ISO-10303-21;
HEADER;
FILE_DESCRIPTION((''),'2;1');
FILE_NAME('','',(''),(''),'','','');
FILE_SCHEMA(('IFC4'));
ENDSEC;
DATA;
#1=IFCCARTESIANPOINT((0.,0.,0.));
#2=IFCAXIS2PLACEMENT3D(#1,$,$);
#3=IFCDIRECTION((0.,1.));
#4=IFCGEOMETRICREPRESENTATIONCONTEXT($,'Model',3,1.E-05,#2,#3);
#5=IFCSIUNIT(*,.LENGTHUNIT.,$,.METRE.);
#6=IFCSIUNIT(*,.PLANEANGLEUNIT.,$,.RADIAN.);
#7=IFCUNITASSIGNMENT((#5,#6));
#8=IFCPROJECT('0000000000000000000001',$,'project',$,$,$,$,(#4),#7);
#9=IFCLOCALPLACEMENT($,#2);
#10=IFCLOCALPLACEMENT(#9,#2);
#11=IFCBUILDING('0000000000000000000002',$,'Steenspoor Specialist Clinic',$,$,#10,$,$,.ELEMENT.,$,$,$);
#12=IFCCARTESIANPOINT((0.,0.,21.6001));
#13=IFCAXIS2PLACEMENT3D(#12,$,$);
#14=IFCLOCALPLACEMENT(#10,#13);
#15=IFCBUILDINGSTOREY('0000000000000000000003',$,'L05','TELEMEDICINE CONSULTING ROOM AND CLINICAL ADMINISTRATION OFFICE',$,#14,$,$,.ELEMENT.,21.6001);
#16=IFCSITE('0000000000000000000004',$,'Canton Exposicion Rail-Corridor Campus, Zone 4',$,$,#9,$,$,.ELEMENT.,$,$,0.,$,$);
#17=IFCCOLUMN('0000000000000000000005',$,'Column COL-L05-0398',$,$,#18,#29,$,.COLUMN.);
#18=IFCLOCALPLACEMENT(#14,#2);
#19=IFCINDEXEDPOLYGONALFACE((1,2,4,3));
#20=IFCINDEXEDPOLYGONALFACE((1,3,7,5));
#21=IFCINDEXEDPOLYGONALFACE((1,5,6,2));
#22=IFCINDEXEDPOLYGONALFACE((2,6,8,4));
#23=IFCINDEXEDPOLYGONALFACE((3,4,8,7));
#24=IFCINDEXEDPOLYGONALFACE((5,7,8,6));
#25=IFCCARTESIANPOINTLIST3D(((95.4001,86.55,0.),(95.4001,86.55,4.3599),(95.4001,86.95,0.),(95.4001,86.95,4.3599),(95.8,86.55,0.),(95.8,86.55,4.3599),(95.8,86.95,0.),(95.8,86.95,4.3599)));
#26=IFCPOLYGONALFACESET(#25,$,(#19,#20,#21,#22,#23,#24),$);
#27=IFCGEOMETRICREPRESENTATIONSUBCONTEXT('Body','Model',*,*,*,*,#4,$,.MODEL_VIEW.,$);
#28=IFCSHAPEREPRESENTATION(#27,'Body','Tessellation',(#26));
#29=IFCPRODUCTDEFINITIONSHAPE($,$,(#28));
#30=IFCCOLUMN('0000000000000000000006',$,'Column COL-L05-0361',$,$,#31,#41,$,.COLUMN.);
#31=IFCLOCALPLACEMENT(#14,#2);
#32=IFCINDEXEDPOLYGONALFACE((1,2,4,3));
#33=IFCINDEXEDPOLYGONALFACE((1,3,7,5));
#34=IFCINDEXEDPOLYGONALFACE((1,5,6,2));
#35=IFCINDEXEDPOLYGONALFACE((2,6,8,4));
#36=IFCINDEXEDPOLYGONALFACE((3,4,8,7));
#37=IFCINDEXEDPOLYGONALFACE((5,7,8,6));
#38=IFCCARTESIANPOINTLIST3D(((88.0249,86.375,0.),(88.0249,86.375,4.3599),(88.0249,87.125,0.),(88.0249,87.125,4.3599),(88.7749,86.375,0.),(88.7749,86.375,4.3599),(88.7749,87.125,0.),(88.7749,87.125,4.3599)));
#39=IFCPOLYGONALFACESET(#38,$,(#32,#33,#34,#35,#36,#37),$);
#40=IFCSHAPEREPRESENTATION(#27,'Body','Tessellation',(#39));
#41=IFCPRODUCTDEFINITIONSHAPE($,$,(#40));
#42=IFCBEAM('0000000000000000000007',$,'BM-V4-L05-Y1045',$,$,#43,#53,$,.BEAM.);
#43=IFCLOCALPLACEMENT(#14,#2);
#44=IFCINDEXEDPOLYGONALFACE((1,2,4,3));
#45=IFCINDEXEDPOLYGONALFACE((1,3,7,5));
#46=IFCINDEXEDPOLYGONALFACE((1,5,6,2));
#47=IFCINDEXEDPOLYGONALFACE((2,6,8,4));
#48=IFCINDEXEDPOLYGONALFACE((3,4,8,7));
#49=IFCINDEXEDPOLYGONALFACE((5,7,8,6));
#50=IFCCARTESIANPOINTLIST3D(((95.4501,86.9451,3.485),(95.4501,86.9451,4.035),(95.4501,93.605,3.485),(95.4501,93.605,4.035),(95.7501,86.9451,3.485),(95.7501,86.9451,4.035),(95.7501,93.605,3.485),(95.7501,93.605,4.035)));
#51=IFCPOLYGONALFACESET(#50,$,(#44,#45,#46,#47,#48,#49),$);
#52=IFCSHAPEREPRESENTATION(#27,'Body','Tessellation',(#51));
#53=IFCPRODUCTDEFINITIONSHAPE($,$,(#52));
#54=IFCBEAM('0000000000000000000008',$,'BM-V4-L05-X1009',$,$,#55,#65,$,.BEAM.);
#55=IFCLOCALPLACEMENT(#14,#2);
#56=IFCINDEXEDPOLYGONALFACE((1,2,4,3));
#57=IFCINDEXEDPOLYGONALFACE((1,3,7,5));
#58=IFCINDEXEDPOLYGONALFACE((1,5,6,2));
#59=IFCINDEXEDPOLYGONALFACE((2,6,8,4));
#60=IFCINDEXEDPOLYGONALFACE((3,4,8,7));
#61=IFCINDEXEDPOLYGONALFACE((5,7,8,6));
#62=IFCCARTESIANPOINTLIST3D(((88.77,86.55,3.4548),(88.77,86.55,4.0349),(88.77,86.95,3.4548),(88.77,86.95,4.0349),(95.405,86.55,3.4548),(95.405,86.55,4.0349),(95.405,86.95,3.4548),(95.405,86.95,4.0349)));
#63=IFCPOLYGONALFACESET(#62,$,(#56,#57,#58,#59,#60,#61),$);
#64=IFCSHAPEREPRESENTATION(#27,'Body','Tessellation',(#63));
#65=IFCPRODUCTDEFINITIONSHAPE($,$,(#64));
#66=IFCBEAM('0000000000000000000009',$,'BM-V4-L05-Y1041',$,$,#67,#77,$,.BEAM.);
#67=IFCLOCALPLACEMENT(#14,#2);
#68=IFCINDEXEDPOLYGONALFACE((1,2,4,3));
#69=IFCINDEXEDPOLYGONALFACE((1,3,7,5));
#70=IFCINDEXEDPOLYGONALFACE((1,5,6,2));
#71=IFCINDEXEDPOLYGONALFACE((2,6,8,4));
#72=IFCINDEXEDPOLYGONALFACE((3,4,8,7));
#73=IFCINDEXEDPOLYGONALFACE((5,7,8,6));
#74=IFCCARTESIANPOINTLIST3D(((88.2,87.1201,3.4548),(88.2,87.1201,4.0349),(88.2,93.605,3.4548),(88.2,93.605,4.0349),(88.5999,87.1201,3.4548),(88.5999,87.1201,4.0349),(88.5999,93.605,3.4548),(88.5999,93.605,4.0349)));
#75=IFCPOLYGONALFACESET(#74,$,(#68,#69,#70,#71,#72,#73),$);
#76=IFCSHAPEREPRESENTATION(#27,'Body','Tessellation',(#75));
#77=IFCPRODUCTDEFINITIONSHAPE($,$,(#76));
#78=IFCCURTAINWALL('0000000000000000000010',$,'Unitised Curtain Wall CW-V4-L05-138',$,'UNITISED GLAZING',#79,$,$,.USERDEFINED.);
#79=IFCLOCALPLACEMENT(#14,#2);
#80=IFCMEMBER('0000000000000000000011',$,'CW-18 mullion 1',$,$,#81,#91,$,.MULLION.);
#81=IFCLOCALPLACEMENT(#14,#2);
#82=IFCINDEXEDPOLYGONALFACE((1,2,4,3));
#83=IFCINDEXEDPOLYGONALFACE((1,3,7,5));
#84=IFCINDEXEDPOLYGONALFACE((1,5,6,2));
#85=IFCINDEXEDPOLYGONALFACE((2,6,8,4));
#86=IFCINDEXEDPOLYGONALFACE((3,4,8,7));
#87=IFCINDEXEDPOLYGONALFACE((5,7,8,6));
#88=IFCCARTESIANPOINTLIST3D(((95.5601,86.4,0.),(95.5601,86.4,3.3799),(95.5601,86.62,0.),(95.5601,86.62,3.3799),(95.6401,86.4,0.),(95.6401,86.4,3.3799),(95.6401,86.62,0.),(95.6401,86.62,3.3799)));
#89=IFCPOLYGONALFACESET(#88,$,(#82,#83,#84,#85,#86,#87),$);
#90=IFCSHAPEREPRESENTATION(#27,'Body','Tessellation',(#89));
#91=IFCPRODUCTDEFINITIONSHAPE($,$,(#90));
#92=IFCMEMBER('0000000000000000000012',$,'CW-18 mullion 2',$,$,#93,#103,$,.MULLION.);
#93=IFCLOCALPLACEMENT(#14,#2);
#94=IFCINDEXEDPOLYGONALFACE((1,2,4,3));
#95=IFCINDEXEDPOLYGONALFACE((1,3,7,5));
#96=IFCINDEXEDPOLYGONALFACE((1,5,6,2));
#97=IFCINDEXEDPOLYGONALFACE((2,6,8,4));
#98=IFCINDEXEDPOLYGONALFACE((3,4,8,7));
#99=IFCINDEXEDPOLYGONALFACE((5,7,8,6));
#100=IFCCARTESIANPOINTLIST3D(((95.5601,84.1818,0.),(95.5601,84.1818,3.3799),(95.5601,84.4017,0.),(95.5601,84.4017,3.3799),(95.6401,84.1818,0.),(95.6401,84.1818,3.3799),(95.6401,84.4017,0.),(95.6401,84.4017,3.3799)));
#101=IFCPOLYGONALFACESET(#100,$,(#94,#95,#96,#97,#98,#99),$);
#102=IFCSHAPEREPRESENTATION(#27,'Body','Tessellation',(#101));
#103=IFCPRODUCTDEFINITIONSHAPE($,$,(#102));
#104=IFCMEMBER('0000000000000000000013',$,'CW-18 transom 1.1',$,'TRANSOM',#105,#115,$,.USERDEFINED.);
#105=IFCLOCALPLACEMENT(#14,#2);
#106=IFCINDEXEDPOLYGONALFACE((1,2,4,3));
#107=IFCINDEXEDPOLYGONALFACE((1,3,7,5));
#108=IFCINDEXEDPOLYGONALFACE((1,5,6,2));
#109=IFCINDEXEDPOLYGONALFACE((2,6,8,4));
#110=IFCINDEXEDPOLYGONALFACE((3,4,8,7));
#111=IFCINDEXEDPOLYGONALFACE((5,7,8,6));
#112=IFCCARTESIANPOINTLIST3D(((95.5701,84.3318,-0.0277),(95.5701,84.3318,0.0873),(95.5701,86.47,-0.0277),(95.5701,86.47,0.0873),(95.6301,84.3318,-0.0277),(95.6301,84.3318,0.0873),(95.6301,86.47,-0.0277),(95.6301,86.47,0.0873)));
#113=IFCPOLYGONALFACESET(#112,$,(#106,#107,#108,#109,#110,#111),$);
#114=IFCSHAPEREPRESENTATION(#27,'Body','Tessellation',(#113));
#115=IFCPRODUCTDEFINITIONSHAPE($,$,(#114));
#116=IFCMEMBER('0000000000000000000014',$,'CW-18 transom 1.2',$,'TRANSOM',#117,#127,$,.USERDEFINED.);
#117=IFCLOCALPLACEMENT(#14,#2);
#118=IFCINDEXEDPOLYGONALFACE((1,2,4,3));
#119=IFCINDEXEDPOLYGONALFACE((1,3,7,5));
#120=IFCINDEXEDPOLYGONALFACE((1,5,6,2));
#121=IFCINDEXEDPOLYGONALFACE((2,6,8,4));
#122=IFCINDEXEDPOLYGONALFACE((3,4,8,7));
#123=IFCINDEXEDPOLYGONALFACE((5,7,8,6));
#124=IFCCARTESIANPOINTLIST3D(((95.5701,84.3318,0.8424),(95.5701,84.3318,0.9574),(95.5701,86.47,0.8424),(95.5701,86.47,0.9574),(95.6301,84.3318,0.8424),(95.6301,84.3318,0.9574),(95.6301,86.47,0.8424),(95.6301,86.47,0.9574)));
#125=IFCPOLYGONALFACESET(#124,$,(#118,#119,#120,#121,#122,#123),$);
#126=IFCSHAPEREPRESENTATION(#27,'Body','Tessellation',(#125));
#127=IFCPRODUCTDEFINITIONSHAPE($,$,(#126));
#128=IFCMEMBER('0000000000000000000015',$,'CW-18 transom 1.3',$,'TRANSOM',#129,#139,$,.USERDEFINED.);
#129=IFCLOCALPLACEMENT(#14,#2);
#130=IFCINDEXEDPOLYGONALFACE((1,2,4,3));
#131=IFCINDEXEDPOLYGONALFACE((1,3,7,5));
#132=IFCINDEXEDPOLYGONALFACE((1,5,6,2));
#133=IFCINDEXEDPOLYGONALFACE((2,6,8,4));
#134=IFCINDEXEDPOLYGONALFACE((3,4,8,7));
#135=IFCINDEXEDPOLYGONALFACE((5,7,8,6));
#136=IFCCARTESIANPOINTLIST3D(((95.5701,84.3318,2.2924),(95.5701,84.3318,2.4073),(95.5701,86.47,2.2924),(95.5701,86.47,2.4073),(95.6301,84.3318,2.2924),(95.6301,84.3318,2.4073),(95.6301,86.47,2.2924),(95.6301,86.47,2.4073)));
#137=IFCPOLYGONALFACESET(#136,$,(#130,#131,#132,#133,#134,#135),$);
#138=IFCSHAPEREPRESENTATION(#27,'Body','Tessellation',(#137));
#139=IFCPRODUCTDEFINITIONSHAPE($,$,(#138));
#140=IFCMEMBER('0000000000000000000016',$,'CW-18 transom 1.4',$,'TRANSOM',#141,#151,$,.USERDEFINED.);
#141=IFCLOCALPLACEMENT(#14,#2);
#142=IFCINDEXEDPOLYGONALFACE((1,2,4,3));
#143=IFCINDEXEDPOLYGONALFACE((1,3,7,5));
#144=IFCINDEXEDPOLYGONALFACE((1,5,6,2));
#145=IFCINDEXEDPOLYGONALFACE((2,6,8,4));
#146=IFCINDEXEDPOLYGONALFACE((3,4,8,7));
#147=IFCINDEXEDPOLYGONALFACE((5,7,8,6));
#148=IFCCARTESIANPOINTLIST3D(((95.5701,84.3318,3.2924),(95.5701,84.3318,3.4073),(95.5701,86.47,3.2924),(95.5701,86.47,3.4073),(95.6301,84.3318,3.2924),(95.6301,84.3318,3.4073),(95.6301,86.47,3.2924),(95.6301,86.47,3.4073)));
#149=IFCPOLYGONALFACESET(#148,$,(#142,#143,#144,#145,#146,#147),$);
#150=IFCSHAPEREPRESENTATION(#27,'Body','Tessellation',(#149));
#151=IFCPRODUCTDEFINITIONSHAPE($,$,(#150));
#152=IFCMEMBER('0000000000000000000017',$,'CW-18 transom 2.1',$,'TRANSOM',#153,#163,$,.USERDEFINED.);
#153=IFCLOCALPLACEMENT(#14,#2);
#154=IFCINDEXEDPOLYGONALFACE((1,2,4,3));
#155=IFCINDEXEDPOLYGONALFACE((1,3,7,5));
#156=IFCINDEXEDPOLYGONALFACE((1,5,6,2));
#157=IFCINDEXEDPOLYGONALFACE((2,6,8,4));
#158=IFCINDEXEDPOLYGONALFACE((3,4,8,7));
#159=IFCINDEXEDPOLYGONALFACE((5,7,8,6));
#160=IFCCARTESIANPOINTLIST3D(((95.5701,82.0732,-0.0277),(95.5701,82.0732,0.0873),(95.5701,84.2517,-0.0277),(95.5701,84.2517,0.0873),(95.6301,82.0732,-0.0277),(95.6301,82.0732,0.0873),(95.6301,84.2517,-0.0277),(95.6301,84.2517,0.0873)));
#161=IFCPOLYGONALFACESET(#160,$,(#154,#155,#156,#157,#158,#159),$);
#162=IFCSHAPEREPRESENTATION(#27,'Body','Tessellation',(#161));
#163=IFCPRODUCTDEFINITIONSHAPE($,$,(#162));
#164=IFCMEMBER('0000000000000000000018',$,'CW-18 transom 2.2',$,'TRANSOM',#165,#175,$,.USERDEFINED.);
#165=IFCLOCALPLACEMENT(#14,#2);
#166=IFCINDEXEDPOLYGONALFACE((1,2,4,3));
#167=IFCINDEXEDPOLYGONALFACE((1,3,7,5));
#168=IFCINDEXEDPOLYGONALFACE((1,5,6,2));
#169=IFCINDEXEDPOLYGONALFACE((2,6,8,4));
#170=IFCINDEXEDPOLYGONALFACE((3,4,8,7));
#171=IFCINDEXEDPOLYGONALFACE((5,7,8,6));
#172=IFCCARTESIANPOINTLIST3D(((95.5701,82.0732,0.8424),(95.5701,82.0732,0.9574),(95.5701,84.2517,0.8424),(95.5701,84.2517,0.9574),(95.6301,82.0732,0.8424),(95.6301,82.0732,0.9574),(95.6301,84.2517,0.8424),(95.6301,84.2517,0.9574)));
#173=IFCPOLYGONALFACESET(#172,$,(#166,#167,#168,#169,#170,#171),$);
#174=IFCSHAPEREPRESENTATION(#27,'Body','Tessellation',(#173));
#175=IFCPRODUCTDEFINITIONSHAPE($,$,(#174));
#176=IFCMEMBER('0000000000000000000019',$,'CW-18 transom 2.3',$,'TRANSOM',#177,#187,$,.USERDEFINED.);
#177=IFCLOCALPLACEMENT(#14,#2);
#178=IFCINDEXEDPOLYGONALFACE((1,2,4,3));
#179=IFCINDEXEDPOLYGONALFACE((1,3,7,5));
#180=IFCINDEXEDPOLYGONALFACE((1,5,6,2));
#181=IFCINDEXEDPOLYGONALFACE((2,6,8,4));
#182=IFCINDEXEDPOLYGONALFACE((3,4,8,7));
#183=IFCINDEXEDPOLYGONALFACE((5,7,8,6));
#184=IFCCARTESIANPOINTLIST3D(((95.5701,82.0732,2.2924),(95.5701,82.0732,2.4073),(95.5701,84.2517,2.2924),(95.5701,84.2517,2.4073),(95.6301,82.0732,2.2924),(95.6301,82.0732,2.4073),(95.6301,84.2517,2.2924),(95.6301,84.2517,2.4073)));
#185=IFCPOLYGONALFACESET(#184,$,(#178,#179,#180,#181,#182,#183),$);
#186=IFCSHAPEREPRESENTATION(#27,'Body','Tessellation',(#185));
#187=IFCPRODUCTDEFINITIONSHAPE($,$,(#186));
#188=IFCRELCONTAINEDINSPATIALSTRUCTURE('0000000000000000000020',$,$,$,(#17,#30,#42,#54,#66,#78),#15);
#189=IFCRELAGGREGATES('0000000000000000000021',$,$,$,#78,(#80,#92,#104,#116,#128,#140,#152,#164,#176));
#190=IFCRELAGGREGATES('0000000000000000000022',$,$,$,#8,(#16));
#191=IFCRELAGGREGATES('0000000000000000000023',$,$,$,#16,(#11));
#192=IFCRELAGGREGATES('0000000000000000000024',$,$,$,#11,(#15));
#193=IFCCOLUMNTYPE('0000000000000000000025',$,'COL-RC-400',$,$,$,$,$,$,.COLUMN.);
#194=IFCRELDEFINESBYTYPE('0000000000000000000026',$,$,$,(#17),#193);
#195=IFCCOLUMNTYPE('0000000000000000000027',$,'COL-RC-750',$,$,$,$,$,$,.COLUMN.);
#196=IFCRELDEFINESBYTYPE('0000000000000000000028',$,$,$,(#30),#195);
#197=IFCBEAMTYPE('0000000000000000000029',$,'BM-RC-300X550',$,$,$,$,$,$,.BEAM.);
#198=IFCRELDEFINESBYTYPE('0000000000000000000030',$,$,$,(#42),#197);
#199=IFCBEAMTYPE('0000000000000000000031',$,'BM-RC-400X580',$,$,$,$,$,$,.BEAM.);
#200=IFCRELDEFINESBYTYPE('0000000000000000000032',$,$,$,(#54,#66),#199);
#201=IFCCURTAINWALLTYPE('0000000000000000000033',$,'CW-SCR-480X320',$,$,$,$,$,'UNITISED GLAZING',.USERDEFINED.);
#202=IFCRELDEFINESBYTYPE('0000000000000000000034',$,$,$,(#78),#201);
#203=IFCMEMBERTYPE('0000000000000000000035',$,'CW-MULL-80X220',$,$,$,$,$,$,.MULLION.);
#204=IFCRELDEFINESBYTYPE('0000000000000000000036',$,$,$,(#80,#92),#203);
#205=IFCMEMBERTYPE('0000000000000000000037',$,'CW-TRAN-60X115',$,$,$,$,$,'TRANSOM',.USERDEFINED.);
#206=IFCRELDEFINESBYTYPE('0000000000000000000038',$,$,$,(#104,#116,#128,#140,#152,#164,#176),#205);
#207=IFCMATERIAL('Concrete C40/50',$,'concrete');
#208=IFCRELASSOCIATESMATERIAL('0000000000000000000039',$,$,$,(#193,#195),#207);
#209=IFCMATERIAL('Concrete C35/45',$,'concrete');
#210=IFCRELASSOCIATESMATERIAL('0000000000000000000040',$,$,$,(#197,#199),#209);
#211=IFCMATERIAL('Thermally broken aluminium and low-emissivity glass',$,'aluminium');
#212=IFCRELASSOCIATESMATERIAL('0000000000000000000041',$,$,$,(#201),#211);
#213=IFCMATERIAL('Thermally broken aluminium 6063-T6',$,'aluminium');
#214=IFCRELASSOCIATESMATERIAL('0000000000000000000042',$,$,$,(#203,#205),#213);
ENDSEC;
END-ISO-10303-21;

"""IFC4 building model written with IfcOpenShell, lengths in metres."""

from ifc_helpers import new_model, si_unit, direction, frame, origin, origin_2d, place, context, subcontext, project, spatial, rectangle, extrude, material, material_profile, profile_set, type_object, element, aggregate, save


model = new_model("IFC4")

# Units and contexts
model_context = context("Model", 3, precision=1e-05, world=origin(), true_north=direction((0.0, 1.0)))
body_context = subcontext(model_context, "Body", "Model", "MODEL_VIEW")
ifc_project = project(units=[si_unit("LENGTHUNIT", "METRE"), si_unit("PLANEANGLEUNIT", "RADIAN")], contexts=[model_context])

# Site, building, storey
site_placement = place(None, origin())
site = spatial("IfcSite", under=ifc_project, at=site_placement, Name="Canton Exposicion Rail-Corridor Campus, Zone 4", CompositionType="ELEMENT", RefElevation=0.0)
building_placement = place(site_placement, origin())
building = spatial("IfcBuilding", under=site, at=building_placement, Name="Steenspoor Specialist Clinic", CompositionType="ELEMENT")
storey_placement = place(building_placement, frame((0.0, 0.0, 21.6001)))
storey = spatial("IfcBuildingStorey", under=building, at=storey_placement, Name="L05", Description="TELEMEDICINE CONSULTING ROOM AND CLINICAL ADMINISTRATION OFFICE", CompositionType="ELEMENT", Elevation=21.6001)

# Columns
ifc_material_1 = material(Name="Concrete C40/50", Category="concrete")
ifc_material_profile_1 = material_profile(ifc_material_1, rectangle(XDim=0.3999, YDim=0.3999, at=origin_2d()), Name="RC-COL-400X400")
ifc_profile_set_1 = profile_set([ifc_material_profile_1], Name="Concrete C40/50")
column_type_1 = type_object("IfcColumnType", Name="COL-RC-400", PredefinedType="COLUMN", material=ifc_profile_set_1)
column_1_placement = place(storey_placement, frame((95.6001, 86.75, 0.0), z_axis=(0.0, 0.0, 1.0), x_axis=(1.0, 0.0, 0.0)))
element("IfcColumn", 1, at=column_1_placement, inside=storey, type_object=column_type_1, Name="Column COL-L05-0398", PredefinedType="COLUMN", context=body_context, shape_type="SweptSolid", body=[
    extrude(rectangle(XDim=0.3999, YDim=0.3999, at=origin_2d()), origin(), (0.0, 0.0, 1.0), 4.3599),
])
ifc_material_profile_2 = material_profile(ifc_material_1, rectangle(XDim=0.75, YDim=0.75, at=origin_2d()), Name="RC-COL-750X750")
ifc_profile_set_2 = profile_set([ifc_material_profile_2], Name="Concrete C40/50")
column_type_2 = type_object("IfcColumnType", Name="COL-RC-750", PredefinedType="COLUMN", material=ifc_profile_set_2)
column_2_placement = place(storey_placement, frame((88.3999, 86.75, 0.0), z_axis=(0.0, 0.0, 1.0), x_axis=(1.0, 0.0, 0.0)))
element("IfcColumn", 2, at=column_2_placement, inside=storey, type_object=column_type_2, Name="Column COL-L05-0361", PredefinedType="COLUMN", context=body_context, shape_type="SweptSolid", body=[
    extrude(rectangle(XDim=0.75, YDim=0.75, at=origin_2d()), origin(), (0.0, 0.0, 1.0), 4.3599),
])

# Beams
ifc_material_2 = material(Name="Concrete C35/45", Category="concrete")
ifc_material_profile_3 = material_profile(ifc_material_2, rectangle(XDim=0.3, YDim=0.55, at=origin_2d()), Name="RC-BM-300X550")
ifc_profile_set_3 = profile_set([ifc_material_profile_3], Name="Concrete C35/45")
beam_type_1 = type_object("IfcBeamType", Name="BM-RC-300X550", PredefinedType="BEAM", material=ifc_profile_set_3)
beam_1_placement = place(storey_placement, frame((95.6001, 86.9451, 3.76), z_axis=(0.0, 1.0, 0.0), x_axis=(-1.0, 0.0, 0.0)))
element("IfcBeam", 3, at=beam_1_placement, inside=storey, type_object=beam_type_1, Name="BM-V4-L05-Y1045", PredefinedType="BEAM", context=body_context, shape_type="SweptSolid", body=[
    extrude(rectangle(XDim=0.3, YDim=0.55, at=origin_2d()), origin(), (0.0, 0.0, 1.0), 6.6599),
])
ifc_material_profile_4 = material_profile(ifc_material_2, rectangle(XDim=0.3999, YDim=0.5801, at=origin_2d()), Name="RC-BM-400X580")
ifc_profile_set_4 = profile_set([ifc_material_profile_4], Name="Concrete C35/45")
beam_type_2 = type_object("IfcBeamType", Name="BM-RC-400X580", PredefinedType="BEAM", material=ifc_profile_set_4)
beam_2_placement = place(storey_placement, frame((88.77, 86.75, 3.7449), z_axis=(1.0, 0.0, 0.0), x_axis=(0.0, 1.0, 0.0)))
element("IfcBeam", 4, at=beam_2_placement, inside=storey, type_object=beam_type_2, Name="BM-V4-L05-X1009", PredefinedType="BEAM", context=body_context, shape_type="SweptSolid", body=[
    extrude(rectangle(XDim=0.3999, YDim=0.5801, at=origin_2d()), origin(), (0.0, 0.0, 1.0), 6.635),
])
beam_3_placement = place(storey_placement, frame((88.3999, 87.1201, 3.7449), z_axis=(0.0, 1.0, 0.0), x_axis=(-1.0, 0.0, 0.0)))
element("IfcBeam", 5, at=beam_3_placement, inside=storey, type_object=beam_type_2, Name="BM-V4-L05-Y1041", PredefinedType="BEAM", context=body_context, shape_type="SweptSolid", body=[
    extrude(rectangle(XDim=0.3999, YDim=0.5801, at=origin_2d()), origin(), (0.0, 0.0, 1.0), 6.4849),
])

# Curtain wall, members
ifc_material_3 = material(Name="Thermally broken aluminium and low-emissivity glass", Category="aluminium")
curtain_wall_type = type_object("IfcCurtainWallType", Name="CW-SCR-480X320", ElementType="UNITISED GLAZING", PredefinedType="USERDEFINED", material=ifc_material_3)
curtain_wall_placement = place(storey_placement, origin())
curtain_wall = element("IfcCurtainWall", 6, at=curtain_wall_placement, inside=storey, type_object=curtain_wall_type, Name="Unitised Curtain Wall CW-V4-L05-138", ObjectType="UNITISED GLAZING", PredefinedType="USERDEFINED")
ifc_material_4 = material(Name="Thermally broken aluminium 6063-T6", Category="aluminium")
ifc_material_profile_5 = material_profile(ifc_material_4, rectangle(XDim=0.0801, YDim=0.22, at=origin_2d()), Name="CWM-80X220")
ifc_profile_set_5 = profile_set([ifc_material_profile_5], Name="Thermally broken aluminium 6063-T6")
member_type_1 = type_object("IfcMemberType", Name="CW-MULL-80X220", PredefinedType="MULLION", material=ifc_profile_set_5)
member_1_placement = place(storey_placement, frame((95.6001, 86.51, 0.0), z_axis=(0.0, 0.0, 1.0), x_axis=(1.0, 0.0, 0.0)))
member_1 = element("IfcMember", 7, at=member_1_placement, type_object=member_type_1, Name="CW-18 mullion 1", PredefinedType="MULLION", context=body_context, shape_type="SweptSolid", body=[
    extrude(rectangle(XDim=0.0801, YDim=0.22, at=origin_2d()), origin(), (0.0, 0.0, 1.0), 3.3799),
])
member_2_placement = place(storey_placement, frame((95.6001, 84.2917, 0.0), z_axis=(0.0, 0.0, 1.0), x_axis=(1.0, 0.0, 0.0)))
member_2 = element("IfcMember", 8, at=member_2_placement, type_object=member_type_1, Name="CW-18 mullion 2", PredefinedType="MULLION", context=body_context, shape_type="SweptSolid", body=[
    extrude(rectangle(XDim=0.0801, YDim=0.22, at=origin_2d()), origin(), (0.0, 0.0, 1.0), 3.3799),
])
ifc_material_profile_6 = material_profile(ifc_material_4, rectangle(XDim=0.0601, YDim=0.115, at=origin_2d()), Name="CWT-60X115")
ifc_profile_set_6 = profile_set([ifc_material_profile_6], Name="Thermally broken aluminium 6063-T6")
member_type_2 = type_object("IfcMemberType", Name="CW-TRAN-60X115", ElementType="TRANSOM", PredefinedType="USERDEFINED", material=ifc_profile_set_6)
member_3_placement = place(storey_placement, frame((95.6001, 86.47, 0.0298), z_axis=(0.0, -1.0, 0.0), x_axis=(1.0, 0.0, 0.0)))
member_3 = element("IfcMember", 9, at=member_3_placement, type_object=member_type_2, Name="CW-18 transom 1.1", ObjectType="TRANSOM", PredefinedType="USERDEFINED", context=body_context, shape_type="SweptSolid", body=[
    extrude(rectangle(XDim=0.0601, YDim=0.115, at=origin_2d()), origin(), (0.0, 0.0, 1.0), 2.1382),
])
member_4_placement = place(storey_placement, frame((95.6001, 86.47, 0.8999), z_axis=(0.0, -1.0, 0.0), x_axis=(1.0, 0.0, 0.0)))
member_4 = element("IfcMember", 10, at=member_4_placement, type_object=member_type_2, Name="CW-18 transom 1.2", ObjectType="TRANSOM", PredefinedType="USERDEFINED", context=body_context, shape_type="SweptSolid", body=[
    extrude(rectangle(XDim=0.0601, YDim=0.115, at=origin_2d()), origin(), (0.0, 0.0, 1.0), 2.1382),
])
member_5_placement = place(storey_placement, frame((95.6001, 86.47, 2.3499), z_axis=(0.0, -1.0, 0.0), x_axis=(1.0, 0.0, 0.0)))
member_5 = element("IfcMember", 11, at=member_5_placement, type_object=member_type_2, Name="CW-18 transom 1.3", ObjectType="TRANSOM", PredefinedType="USERDEFINED", context=body_context, shape_type="SweptSolid", body=[
    extrude(rectangle(XDim=0.0601, YDim=0.115, at=origin_2d()), origin(), (0.0, 0.0, 1.0), 2.1382),
])
member_6_placement = place(storey_placement, frame((95.6001, 86.47, 3.3499), z_axis=(0.0, -1.0, 0.0), x_axis=(1.0, 0.0, 0.0)))
member_6 = element("IfcMember", 12, at=member_6_placement, type_object=member_type_2, Name="CW-18 transom 1.4", ObjectType="TRANSOM", PredefinedType="USERDEFINED", context=body_context, shape_type="SweptSolid", body=[
    extrude(rectangle(XDim=0.0601, YDim=0.115, at=origin_2d()), origin(), (0.0, 0.0, 1.0), 2.1382),
])
member_7_placement = place(storey_placement, frame((95.6001, 84.2517, 0.0298), z_axis=(0.0, -1.0, 0.0), x_axis=(1.0, 0.0, 0.0)))
member_7 = element("IfcMember", 13, at=member_7_placement, type_object=member_type_2, Name="CW-18 transom 2.1", ObjectType="TRANSOM", PredefinedType="USERDEFINED", context=body_context, shape_type="SweptSolid", body=[
    extrude(rectangle(XDim=0.0601, YDim=0.115, at=origin_2d()), origin(), (0.0, 0.0, 1.0), 2.1785),
])
member_8_placement = place(storey_placement, frame((95.6001, 84.2517, 0.8999), z_axis=(0.0, -1.0, 0.0), x_axis=(1.0, 0.0, 0.0)))
member_8 = element("IfcMember", 14, at=member_8_placement, type_object=member_type_2, Name="CW-18 transom 2.2", ObjectType="TRANSOM", PredefinedType="USERDEFINED", context=body_context, shape_type="SweptSolid", body=[
    extrude(rectangle(XDim=0.0601, YDim=0.115, at=origin_2d()), origin(), (0.0, 0.0, 1.0), 2.1785),
])
member_9_placement = place(storey_placement, frame((95.6001, 84.2517, 2.3499), z_axis=(0.0, -1.0, 0.0), x_axis=(1.0, 0.0, 0.0)))
member_9 = element("IfcMember", 15, at=member_9_placement, type_object=member_type_2, Name="CW-18 transom 2.3", ObjectType="TRANSOM", PredefinedType="USERDEFINED", context=body_context, shape_type="SweptSolid", body=[
    extrude(rectangle(XDim=0.0601, YDim=0.115, at=origin_2d()), origin(), (0.0, 0.0, 1.0), 2.1785),
])
aggregate(curtain_wall, [member_1, member_2, member_3, member_4, member_5, member_6, member_7, member_8, member_9])

save(model, "model.ifc")
